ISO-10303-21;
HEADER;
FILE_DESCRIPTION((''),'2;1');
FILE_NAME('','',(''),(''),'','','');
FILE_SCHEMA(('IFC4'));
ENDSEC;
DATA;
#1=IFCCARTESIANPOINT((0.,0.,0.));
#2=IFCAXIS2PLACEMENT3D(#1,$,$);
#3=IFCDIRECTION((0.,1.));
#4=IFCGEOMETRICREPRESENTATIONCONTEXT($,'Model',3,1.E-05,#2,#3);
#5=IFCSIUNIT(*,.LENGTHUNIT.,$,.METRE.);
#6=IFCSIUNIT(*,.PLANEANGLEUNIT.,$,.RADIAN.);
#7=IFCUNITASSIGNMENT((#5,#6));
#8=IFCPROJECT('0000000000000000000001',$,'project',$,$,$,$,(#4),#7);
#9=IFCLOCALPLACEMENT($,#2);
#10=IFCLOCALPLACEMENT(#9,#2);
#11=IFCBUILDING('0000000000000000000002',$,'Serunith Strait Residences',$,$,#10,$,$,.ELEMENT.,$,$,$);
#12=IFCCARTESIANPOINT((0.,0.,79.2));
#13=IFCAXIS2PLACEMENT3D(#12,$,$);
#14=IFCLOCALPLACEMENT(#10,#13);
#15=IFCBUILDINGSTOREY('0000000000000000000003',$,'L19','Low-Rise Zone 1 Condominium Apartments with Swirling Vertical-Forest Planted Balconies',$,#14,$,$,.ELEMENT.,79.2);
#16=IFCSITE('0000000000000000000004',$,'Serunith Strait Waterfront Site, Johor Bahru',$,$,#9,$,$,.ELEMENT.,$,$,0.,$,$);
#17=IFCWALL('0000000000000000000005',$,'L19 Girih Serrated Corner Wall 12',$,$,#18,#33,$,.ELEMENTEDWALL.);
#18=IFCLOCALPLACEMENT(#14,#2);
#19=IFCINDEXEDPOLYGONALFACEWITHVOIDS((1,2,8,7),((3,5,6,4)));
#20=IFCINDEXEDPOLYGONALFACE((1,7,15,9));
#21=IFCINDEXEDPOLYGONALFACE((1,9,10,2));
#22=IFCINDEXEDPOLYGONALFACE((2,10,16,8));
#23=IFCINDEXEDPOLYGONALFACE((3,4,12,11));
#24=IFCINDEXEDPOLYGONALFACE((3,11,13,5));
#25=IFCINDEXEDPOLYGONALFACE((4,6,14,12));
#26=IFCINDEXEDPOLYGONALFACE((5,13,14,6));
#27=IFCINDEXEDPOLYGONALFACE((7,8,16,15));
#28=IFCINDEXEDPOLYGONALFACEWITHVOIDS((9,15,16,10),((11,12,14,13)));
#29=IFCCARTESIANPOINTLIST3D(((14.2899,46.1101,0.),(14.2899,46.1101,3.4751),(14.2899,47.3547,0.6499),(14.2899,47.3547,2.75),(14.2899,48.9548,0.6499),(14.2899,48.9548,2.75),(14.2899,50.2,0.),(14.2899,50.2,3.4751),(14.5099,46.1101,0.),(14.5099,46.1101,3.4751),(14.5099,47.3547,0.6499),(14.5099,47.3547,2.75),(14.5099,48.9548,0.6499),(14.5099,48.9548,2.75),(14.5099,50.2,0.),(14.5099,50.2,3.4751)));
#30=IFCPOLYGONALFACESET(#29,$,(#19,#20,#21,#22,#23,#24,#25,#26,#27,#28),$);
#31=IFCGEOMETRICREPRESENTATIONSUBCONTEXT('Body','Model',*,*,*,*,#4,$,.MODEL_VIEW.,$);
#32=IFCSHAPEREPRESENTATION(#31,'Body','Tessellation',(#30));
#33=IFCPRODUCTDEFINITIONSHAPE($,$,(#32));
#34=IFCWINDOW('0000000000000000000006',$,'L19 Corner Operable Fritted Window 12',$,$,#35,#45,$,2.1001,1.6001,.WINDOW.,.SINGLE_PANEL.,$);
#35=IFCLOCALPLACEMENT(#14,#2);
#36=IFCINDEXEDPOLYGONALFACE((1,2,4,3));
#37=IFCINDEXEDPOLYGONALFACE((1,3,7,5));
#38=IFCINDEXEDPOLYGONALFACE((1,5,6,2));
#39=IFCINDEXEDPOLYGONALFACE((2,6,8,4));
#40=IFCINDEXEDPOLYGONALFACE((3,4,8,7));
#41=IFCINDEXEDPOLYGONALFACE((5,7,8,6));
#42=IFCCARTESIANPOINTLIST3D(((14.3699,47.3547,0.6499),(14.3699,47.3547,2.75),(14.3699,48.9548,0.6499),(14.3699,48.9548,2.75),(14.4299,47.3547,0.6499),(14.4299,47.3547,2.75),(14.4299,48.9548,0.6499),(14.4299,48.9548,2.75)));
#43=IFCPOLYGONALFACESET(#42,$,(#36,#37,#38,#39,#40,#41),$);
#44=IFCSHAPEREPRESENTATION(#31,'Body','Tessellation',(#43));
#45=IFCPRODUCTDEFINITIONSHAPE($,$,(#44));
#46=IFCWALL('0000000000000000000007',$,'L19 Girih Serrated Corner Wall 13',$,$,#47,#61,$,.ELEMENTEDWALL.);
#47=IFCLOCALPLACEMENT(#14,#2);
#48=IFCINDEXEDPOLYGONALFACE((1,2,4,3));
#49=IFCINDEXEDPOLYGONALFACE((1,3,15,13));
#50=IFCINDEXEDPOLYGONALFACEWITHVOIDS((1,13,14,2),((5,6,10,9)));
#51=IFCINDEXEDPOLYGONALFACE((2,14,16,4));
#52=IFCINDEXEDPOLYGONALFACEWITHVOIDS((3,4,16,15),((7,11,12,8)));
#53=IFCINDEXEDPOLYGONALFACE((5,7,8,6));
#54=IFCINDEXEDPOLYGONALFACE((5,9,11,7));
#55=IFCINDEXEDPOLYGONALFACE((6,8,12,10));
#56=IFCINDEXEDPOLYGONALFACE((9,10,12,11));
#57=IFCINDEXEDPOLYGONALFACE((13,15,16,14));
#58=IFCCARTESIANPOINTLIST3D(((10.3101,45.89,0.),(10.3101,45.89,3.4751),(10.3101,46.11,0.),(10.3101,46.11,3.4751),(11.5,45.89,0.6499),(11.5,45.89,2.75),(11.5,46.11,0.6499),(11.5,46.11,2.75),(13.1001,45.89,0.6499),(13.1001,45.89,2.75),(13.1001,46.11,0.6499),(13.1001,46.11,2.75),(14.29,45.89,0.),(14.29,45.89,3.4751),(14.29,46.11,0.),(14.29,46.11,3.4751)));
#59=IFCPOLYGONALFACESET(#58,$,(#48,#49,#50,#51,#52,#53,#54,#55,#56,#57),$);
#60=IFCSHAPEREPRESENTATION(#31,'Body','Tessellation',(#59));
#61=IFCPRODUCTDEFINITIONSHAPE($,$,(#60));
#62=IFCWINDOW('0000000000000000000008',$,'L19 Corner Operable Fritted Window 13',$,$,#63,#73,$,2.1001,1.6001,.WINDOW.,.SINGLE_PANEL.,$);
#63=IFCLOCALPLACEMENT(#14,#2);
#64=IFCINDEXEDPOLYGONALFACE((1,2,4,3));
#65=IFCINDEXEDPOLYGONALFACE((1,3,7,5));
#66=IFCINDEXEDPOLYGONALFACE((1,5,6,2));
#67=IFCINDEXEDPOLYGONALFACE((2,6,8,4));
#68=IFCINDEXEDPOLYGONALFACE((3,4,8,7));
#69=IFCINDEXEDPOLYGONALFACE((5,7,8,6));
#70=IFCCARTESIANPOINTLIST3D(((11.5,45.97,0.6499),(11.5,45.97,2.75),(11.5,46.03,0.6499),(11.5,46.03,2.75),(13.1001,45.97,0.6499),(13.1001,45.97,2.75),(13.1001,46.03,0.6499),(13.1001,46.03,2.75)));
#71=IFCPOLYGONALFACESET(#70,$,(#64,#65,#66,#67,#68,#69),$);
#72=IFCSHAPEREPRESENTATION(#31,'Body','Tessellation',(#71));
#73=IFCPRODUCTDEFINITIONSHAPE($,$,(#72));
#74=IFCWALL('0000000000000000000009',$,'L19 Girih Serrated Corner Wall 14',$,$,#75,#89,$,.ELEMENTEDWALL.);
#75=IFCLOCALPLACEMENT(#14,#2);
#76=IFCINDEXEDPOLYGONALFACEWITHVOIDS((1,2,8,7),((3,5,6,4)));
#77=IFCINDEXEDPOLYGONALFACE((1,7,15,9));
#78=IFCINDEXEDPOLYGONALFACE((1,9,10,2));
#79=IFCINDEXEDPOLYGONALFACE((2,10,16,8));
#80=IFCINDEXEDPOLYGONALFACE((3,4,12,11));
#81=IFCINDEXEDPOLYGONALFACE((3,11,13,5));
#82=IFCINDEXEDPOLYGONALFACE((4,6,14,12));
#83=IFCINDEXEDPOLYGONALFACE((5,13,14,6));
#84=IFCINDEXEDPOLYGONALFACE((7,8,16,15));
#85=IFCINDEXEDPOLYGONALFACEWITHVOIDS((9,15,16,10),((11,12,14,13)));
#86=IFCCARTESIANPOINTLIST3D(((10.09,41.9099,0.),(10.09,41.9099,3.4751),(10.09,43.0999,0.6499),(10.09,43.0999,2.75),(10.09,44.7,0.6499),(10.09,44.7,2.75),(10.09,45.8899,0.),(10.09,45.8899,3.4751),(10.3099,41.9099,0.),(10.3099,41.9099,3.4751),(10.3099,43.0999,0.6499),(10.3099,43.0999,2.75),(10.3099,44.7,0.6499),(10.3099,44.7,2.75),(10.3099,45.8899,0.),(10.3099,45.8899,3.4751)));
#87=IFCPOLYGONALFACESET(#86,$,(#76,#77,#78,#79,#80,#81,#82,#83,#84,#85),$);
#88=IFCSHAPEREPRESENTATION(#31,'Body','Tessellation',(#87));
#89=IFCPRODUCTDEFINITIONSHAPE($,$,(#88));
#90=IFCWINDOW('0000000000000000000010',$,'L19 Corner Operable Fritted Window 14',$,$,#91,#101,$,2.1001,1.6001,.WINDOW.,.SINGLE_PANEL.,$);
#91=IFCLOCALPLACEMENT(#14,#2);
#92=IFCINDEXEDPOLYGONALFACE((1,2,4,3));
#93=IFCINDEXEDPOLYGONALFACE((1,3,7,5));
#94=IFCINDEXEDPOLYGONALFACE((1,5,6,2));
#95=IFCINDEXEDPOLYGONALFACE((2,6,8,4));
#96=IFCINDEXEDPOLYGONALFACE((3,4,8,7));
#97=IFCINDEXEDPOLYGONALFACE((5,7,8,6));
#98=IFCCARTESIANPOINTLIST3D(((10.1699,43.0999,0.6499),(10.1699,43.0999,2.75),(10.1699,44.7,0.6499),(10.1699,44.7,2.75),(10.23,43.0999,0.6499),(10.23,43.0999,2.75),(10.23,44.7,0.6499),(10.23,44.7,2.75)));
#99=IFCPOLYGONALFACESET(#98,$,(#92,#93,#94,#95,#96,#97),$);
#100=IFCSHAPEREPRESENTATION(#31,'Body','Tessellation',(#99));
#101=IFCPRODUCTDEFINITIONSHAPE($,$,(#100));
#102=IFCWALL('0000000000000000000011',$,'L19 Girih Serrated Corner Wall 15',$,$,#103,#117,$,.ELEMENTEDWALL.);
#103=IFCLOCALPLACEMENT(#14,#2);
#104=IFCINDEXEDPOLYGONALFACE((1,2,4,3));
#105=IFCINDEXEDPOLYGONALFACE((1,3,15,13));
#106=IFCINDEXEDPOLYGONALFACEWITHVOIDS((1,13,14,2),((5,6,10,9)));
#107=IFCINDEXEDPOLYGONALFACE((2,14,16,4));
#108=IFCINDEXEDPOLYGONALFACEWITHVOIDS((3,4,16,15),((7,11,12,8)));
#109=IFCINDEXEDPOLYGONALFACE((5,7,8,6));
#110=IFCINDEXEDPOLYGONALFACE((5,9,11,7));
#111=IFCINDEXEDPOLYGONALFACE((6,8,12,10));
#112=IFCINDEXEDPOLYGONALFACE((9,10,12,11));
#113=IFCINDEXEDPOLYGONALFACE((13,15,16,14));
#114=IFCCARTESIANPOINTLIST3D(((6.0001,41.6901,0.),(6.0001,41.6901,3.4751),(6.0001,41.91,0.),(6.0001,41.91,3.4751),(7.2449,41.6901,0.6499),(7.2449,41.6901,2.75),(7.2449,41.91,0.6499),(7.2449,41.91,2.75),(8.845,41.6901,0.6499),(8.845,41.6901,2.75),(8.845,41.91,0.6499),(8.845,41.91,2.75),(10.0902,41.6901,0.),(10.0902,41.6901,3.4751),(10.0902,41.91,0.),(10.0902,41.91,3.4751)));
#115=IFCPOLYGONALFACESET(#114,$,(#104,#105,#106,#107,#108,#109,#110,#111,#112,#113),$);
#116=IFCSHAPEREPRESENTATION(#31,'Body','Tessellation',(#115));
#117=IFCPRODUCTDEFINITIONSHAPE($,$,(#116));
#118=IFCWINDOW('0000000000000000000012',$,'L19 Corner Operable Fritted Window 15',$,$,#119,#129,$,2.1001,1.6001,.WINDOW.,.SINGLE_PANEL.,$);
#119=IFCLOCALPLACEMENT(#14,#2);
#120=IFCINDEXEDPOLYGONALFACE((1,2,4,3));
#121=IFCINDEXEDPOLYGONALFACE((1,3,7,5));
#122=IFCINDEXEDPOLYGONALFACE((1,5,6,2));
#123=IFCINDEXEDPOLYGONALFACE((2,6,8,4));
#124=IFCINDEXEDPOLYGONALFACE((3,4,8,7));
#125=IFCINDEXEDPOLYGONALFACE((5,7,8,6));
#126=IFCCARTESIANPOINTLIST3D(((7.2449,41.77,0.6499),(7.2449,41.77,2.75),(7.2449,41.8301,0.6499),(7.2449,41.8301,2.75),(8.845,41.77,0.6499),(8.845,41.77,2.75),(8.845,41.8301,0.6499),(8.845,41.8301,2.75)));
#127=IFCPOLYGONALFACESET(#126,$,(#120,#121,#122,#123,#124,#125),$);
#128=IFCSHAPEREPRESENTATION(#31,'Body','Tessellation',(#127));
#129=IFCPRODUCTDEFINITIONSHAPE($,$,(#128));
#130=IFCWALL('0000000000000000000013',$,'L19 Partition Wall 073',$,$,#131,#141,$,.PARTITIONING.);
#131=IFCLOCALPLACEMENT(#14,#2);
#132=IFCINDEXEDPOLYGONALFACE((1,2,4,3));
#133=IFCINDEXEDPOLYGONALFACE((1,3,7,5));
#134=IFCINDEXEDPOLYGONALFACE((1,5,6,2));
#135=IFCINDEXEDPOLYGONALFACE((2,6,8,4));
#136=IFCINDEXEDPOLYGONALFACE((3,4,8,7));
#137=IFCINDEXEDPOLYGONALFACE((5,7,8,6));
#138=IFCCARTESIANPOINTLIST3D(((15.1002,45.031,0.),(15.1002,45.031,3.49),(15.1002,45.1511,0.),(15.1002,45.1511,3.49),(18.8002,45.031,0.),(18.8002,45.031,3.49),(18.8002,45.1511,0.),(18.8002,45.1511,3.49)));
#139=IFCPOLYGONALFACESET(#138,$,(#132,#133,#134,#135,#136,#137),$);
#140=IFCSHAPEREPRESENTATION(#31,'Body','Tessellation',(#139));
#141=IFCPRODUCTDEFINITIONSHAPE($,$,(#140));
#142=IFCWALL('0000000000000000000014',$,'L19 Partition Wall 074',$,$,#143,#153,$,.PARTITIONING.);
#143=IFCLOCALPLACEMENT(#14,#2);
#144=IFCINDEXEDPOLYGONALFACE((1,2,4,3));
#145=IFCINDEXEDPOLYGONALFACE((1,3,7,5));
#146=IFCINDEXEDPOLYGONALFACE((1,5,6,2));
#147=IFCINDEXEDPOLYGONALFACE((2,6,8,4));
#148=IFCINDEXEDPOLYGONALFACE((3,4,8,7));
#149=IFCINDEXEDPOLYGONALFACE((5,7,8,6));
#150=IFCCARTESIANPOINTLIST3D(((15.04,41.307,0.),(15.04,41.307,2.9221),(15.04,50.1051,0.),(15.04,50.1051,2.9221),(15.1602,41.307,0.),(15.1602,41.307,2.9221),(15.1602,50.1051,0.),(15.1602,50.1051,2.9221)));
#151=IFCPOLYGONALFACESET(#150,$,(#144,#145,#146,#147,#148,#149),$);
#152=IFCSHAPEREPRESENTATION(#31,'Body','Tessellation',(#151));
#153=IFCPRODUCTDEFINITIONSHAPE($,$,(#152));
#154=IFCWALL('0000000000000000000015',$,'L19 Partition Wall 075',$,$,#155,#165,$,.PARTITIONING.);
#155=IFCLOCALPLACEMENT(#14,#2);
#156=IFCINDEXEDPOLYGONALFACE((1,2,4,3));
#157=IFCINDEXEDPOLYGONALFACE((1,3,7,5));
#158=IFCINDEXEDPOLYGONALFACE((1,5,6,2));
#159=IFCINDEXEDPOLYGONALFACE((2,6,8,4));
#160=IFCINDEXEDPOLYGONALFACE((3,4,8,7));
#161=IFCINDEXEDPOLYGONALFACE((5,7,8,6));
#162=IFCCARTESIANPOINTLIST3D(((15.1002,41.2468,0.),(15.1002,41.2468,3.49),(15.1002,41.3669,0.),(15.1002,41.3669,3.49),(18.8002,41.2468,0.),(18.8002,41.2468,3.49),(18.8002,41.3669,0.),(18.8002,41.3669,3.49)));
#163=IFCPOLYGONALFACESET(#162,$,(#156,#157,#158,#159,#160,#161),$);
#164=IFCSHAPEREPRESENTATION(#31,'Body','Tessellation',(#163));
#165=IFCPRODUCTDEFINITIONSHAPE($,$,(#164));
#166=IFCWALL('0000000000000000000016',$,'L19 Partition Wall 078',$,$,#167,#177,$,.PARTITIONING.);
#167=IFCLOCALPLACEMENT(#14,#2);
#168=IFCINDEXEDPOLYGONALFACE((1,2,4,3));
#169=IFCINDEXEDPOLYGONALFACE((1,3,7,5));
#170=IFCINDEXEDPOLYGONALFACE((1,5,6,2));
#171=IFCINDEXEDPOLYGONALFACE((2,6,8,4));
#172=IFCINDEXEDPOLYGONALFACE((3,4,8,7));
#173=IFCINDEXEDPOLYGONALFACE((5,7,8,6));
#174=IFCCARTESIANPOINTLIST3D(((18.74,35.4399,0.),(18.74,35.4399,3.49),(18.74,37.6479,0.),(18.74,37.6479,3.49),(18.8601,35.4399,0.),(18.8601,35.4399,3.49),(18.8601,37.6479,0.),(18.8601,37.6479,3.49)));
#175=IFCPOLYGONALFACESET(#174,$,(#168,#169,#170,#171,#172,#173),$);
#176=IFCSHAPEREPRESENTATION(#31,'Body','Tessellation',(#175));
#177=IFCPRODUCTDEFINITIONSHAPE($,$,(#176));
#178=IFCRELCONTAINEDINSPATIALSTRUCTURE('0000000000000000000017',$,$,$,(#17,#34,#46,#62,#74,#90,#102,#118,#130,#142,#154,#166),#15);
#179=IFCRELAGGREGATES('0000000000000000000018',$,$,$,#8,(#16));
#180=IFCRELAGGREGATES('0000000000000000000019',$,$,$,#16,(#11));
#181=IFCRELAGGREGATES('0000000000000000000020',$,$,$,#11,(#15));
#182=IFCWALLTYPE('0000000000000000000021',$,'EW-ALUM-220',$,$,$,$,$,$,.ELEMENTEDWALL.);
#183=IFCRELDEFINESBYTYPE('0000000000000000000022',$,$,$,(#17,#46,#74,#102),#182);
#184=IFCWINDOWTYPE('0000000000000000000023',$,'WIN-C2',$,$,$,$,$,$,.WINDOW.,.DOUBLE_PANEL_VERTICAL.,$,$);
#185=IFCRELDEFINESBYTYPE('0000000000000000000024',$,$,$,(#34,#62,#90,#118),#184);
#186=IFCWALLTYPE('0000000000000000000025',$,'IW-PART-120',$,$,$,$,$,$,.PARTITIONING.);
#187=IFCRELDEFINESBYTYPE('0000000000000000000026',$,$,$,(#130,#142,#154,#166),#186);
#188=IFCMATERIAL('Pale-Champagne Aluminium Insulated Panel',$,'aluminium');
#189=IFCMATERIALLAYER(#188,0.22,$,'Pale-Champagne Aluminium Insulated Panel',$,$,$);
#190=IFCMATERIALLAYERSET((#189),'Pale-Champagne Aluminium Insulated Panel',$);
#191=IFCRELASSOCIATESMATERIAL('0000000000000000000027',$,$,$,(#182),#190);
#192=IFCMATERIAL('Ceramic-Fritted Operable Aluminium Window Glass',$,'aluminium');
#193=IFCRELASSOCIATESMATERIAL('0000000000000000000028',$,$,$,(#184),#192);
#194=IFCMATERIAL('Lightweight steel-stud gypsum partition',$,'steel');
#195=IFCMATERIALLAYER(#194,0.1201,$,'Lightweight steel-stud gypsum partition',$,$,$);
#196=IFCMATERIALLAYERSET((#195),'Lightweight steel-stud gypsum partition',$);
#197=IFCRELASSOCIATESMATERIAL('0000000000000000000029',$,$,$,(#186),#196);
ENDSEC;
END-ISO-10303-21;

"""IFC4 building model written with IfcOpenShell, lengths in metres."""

from ifc_helpers import new_model, si_unit, direction, frame, frame_2d, origin, place, context, subcontext, project, spatial, rectangle, extrude, source, transform, mapped, material, layer, layer_set, type_object, element, fill, save


model = new_model("IFC4")

# Units and contexts
model_context = context("Model", 3, precision=1e-05, world=origin(), true_north=direction((0.0, 1.0)))
body_context = subcontext(model_context, "Body", "Model", "MODEL_VIEW")
ifc_project = project(units=[si_unit("LENGTHUNIT", "METRE"), si_unit("PLANEANGLEUNIT", "RADIAN")], contexts=[model_context])

# Site, building, storey
site_placement = place(None, origin())
site = spatial("IfcSite", under=ifc_project, at=site_placement, Name="Serunith Strait Waterfront Site, Johor Bahru", CompositionType="ELEMENT", RefElevation=0.0)
building_placement = place(site_placement, origin())
building = spatial("IfcBuilding", under=site, at=building_placement, Name="Serunith Strait Residences", CompositionType="ELEMENT")
storey_placement = place(building_placement, frame((0.0, 0.0, 79.2)))
storey = spatial("IfcBuildingStorey", under=building, at=storey_placement, Name="L19", Description="Low-Rise Zone 1 Condominium Apartments with Swirling Vertical-Forest Planted Balconies", CompositionType="ELEMENT", Elevation=79.2)

# Walls, openings, windows
ifc_material_1 = material(Name="Pale-Champagne Aluminium Insulated Panel", Category="aluminium")
ifc_layer_1 = layer(ifc_material_1, 0.22, Name="Pale-Champagne Aluminium Insulated Panel")
ifc_layer_set_1 = layer_set([ifc_layer_1], Name="Pale-Champagne Aluminium Insulated Panel")
wall_type_1 = type_object("IfcWallType", Name="EW-ALUM-220", PredefinedType="ELEMENTEDWALL", material=ifc_layer_set_1)
wall_1_placement = place(storey_placement, frame((14.3999, 50.2, 0.0), z_axis=(0.0, 0.0, 1.0), x_axis=(0.0, -1.0, 0.0)))
wall_1 = element("IfcWall", 1, at=wall_1_placement, inside=storey, type_object=wall_type_1, Name="L19 Girih Serrated Corner Wall 12", PredefinedType="ELEMENTEDWALL", context=body_context, shape_type="SweptSolid", body=[
    extrude(rectangle(XDim=4.0898, YDim=0.22, at=frame_2d((2.0449, 0.0))), origin(), (0.0, 0.0, 1.0), 3.4751),
])
opening_1_placement = place(wall_1_placement, frame((1.2451, 0.0, 0.6499)))
opening_1 = element("IfcOpeningElement", 2, at=opening_1_placement, cuts=wall_1, PredefinedType="OPENING", context=body_context, shape_type="SweptSolid", body=[
    extrude(rectangle(XDim=1.6001, YDim=2.1001, at=frame_2d((0.8, 1.05))), frame((0.0, 0.1201, 0.0), z_axis=(0.0, -1.0, 0.0), x_axis=(1.0, 0.0, 0.0)), (0.0, 0.0, 1.0), 0.24),
])
ifc_material_2 = material(Name="Ceramic-Fritted Operable Aluminium Window Glass", Category="aluminium")
window_type = type_object("IfcWindowType", Name="WIN-C2", PartitioningType="DOUBLE_PANEL_VERTICAL", PredefinedType="WINDOW", material=ifc_material_2)
shared_shape_1 = source(origin(), body_context, "Body", "SweptSolid", [
    extrude(rectangle(XDim=1.6001, YDim=2.1001, at=frame_2d((0.8, 1.05))), frame((0.0, 0.03, 0.0), z_axis=(0.0, -1.0, 0.0), x_axis=(1.0, 0.0, 0.0)), (0.0, 0.0, 1.0), 0.0601),
])
window_1_placement = place(opening_1_placement, origin())
window_1 = element("IfcWindow", 3, at=window_1_placement, inside=storey, type_object=window_type, Name="L19 Corner Operable Fritted Window 12", OverallHeight=2.1001, OverallWidth=1.6001, PartitioningType="SINGLE_PANEL", PredefinedType="WINDOW", context=body_context, shape_type="MappedRepresentation", body=[
    mapped(shared_shape_1, transform((0.0, 0.0, 0.0), scale=1.0)),
])
fill(opening_1, window_1)
wall_2_placement = place(storey_placement, frame((14.29, 46.0, 0.0), z_axis=(0.0, 0.0, 1.0), x_axis=(-1.0, 0.0, 0.0)))
wall_2 = element("IfcWall", 4, at=wall_2_placement, inside=storey, type_object=wall_type_1, Name="L19 Girih Serrated Corner Wall 13", PredefinedType="ELEMENTEDWALL", context=body_context, shape_type="SweptSolid", body=[
    extrude(rectangle(XDim=3.98, YDim=0.22, at=frame_2d((1.99, 0.0))), origin(), (0.0, 0.0, 1.0), 3.4751),
])
opening_2_placement = place(wall_2_placement, frame((1.1899, 0.0, 0.6499)))
opening_2 = element("IfcOpeningElement", 5, at=opening_2_placement, cuts=wall_2, PredefinedType="OPENING", context=body_context, shape_type="SweptSolid", body=[
    extrude(rectangle(XDim=1.6001, YDim=2.1001, at=frame_2d((0.8, 1.05))), frame((0.0, 0.1201, 0.0), z_axis=(0.0, -1.0, 0.0), x_axis=(1.0, 0.0, 0.0)), (0.0, 0.0, 1.0), 0.24),
])
window_2_placement = place(opening_2_placement, origin())
window_2 = element("IfcWindow", 6, at=window_2_placement, inside=storey, type_object=window_type, Name="L19 Corner Operable Fritted Window 13", OverallHeight=2.1001, OverallWidth=1.6001, PartitioningType="SINGLE_PANEL", PredefinedType="WINDOW", context=body_context, shape_type="MappedRepresentation", body=[
    mapped(shared_shape_1, transform((0.0, 0.0, 0.0), scale=1.0)),
])
fill(opening_2, window_2)
wall_3_placement = place(storey_placement, frame((10.2, 45.8899, 0.0), z_axis=(0.0, 0.0, 1.0), x_axis=(0.0, -1.0, 0.0)))
wall_3 = element("IfcWall", 7, at=wall_3_placement, inside=storey, type_object=wall_type_1, Name="L19 Girih Serrated Corner Wall 14", PredefinedType="ELEMENTEDWALL", context=body_context, shape_type="SweptSolid", body=[
    extrude(rectangle(XDim=3.98, YDim=0.22, at=frame_2d((1.99, 0.0))), origin(), (0.0, 0.0, 1.0), 3.4751),
])
opening_3_placement = place(wall_3_placement, frame((1.1899, 0.0, 0.6499)))
opening_3 = element("IfcOpeningElement", 8, at=opening_3_placement, cuts=wall_3, PredefinedType="OPENING", context=body_context, shape_type="SweptSolid", body=[
    extrude(rectangle(XDim=1.6001, YDim=2.1001, at=frame_2d((0.8, 1.05))), frame((0.0, 0.1201, 0.0), z_axis=(0.0, -1.0, 0.0), x_axis=(1.0, 0.0, 0.0)), (0.0, 0.0, 1.0), 0.24),
])
window_3_placement = place(opening_3_placement, origin())
window_3 = element("IfcWindow", 9, at=window_3_placement, inside=storey, type_object=window_type, Name="L19 Corner Operable Fritted Window 14", OverallHeight=2.1001, OverallWidth=1.6001, PartitioningType="SINGLE_PANEL", PredefinedType="WINDOW", context=body_context, shape_type="MappedRepresentation", body=[
    mapped(shared_shape_1, transform((0.0, 0.0, 0.0), scale=1.0)),
])
fill(opening_3, window_3)
wall_4_placement = place(storey_placement, frame((10.0901, 41.8, 0.0), z_axis=(0.0, 0.0, 1.0), x_axis=(-1.0, 0.0, 0.0)))
wall_4 = element("IfcWall", 10, at=wall_4_placement, inside=storey, type_object=wall_type_1, Name="L19 Girih Serrated Corner Wall 15", PredefinedType="ELEMENTEDWALL", context=body_context, shape_type="SweptSolid", body=[
    extrude(rectangle(XDim=4.0901, YDim=0.22, at=frame_2d((2.0449, 0.0))), origin(), (0.0, 0.0, 1.0), 3.4751),
])
opening_4_placement = place(wall_4_placement, frame((1.2451, 0.0, 0.6499)))
opening_4 = element("IfcOpeningElement", 11, at=opening_4_placement, cuts=wall_4, PredefinedType="OPENING", context=body_context, shape_type="SweptSolid", body=[
    extrude(rectangle(XDim=1.6001, YDim=2.1001, at=frame_2d((0.8, 1.05))), frame((0.0, 0.1201, 0.0), z_axis=(0.0, -1.0, 0.0), x_axis=(1.0, 0.0, 0.0)), (0.0, 0.0, 1.0), 0.24),
])
window_4_placement = place(opening_4_placement, origin())
window_4 = element("IfcWindow", 12, at=window_4_placement, inside=storey, type_object=window_type, Name="L19 Corner Operable Fritted Window 15", OverallHeight=2.1001, OverallWidth=1.6001, PartitioningType="SINGLE_PANEL", PredefinedType="WINDOW", context=body_context, shape_type="MappedRepresentation", body=[
    mapped(shared_shape_1, transform((0.0, 0.0, 0.0), scale=1.0)),
])
fill(opening_4, window_4)

# Walls
ifc_material_3 = material(Name="Lightweight steel-stud gypsum partition", Category="steel")
ifc_layer_2 = layer(ifc_material_3, 0.1201, Name="Lightweight steel-stud gypsum partition")
ifc_layer_set_2 = layer_set([ifc_layer_2], Name="Lightweight steel-stud gypsum partition")
wall_type_2 = type_object("IfcWallType", Name="IW-PART-120", PredefinedType="PARTITIONING", material=ifc_layer_set_2)
wall_5_placement = place(storey_placement, frame((15.1001, 45.0911, 0.0), z_axis=(0.0, 0.0, 1.0), x_axis=(1.0, 0.0, 0.0)))
element("IfcWall", 13, at=wall_5_placement, inside=storey, type_object=wall_type_2, Name="L19 Partition Wall 073", PredefinedType="PARTITIONING", context=body_context, shape_type="SweptSolid", body=[
    extrude(rectangle(XDim=3.7, YDim=0.1201, at=frame_2d((1.8501, 0.0))), origin(), (0.0, 0.0, 1.0), 3.49),
])
wall_6_placement = place(storey_placement, frame((15.1001, 50.105, 0.0), z_axis=(0.0, 0.0, 1.0), x_axis=(0.0, -1.0, 0.0)))
element("IfcWall", 14, at=wall_6_placement, inside=storey, type_object=wall_type_2, Name="L19 Partition Wall 074", PredefinedType="PARTITIONING", context=body_context, shape_type="SweptSolid", body=[
    extrude(rectangle(XDim=8.7981, YDim=0.1201, at=frame_2d((4.3989, 0.0))), origin(), (0.0, 0.0, 1.0), 2.9221),
])
wall_7_placement = place(storey_placement, frame((15.1001, 41.3069, 0.0), z_axis=(0.0, 0.0, 1.0), x_axis=(1.0, 0.0, 0.0)))
element("IfcWall", 15, at=wall_7_placement, inside=storey, type_object=wall_type_2, Name="L19 Partition Wall 075", PredefinedType="PARTITIONING", context=body_context, shape_type="SweptSolid", body=[
    extrude(rectangle(XDim=3.7, YDim=0.1201, at=frame_2d((1.8501, 0.0))), origin(), (0.0, 0.0, 1.0), 3.49),
])
wall_8_placement = place(storey_placement, frame((18.8, 37.6479, 0.0), z_axis=(0.0, 0.0, 1.0), x_axis=(0.0, -1.0, 0.0)))
element("IfcWall", 16, at=wall_8_placement, inside=storey, type_object=wall_type_2, Name="L19 Partition Wall 078", PredefinedType="PARTITIONING", context=body_context, shape_type="SweptSolid", body=[
    extrude(rectangle(XDim=2.208, YDim=0.1201, at=frame_2d((1.104, 0.0))), origin(), (0.0, 0.0, 1.0), 3.49),
])

save(model, "model.ifc")
